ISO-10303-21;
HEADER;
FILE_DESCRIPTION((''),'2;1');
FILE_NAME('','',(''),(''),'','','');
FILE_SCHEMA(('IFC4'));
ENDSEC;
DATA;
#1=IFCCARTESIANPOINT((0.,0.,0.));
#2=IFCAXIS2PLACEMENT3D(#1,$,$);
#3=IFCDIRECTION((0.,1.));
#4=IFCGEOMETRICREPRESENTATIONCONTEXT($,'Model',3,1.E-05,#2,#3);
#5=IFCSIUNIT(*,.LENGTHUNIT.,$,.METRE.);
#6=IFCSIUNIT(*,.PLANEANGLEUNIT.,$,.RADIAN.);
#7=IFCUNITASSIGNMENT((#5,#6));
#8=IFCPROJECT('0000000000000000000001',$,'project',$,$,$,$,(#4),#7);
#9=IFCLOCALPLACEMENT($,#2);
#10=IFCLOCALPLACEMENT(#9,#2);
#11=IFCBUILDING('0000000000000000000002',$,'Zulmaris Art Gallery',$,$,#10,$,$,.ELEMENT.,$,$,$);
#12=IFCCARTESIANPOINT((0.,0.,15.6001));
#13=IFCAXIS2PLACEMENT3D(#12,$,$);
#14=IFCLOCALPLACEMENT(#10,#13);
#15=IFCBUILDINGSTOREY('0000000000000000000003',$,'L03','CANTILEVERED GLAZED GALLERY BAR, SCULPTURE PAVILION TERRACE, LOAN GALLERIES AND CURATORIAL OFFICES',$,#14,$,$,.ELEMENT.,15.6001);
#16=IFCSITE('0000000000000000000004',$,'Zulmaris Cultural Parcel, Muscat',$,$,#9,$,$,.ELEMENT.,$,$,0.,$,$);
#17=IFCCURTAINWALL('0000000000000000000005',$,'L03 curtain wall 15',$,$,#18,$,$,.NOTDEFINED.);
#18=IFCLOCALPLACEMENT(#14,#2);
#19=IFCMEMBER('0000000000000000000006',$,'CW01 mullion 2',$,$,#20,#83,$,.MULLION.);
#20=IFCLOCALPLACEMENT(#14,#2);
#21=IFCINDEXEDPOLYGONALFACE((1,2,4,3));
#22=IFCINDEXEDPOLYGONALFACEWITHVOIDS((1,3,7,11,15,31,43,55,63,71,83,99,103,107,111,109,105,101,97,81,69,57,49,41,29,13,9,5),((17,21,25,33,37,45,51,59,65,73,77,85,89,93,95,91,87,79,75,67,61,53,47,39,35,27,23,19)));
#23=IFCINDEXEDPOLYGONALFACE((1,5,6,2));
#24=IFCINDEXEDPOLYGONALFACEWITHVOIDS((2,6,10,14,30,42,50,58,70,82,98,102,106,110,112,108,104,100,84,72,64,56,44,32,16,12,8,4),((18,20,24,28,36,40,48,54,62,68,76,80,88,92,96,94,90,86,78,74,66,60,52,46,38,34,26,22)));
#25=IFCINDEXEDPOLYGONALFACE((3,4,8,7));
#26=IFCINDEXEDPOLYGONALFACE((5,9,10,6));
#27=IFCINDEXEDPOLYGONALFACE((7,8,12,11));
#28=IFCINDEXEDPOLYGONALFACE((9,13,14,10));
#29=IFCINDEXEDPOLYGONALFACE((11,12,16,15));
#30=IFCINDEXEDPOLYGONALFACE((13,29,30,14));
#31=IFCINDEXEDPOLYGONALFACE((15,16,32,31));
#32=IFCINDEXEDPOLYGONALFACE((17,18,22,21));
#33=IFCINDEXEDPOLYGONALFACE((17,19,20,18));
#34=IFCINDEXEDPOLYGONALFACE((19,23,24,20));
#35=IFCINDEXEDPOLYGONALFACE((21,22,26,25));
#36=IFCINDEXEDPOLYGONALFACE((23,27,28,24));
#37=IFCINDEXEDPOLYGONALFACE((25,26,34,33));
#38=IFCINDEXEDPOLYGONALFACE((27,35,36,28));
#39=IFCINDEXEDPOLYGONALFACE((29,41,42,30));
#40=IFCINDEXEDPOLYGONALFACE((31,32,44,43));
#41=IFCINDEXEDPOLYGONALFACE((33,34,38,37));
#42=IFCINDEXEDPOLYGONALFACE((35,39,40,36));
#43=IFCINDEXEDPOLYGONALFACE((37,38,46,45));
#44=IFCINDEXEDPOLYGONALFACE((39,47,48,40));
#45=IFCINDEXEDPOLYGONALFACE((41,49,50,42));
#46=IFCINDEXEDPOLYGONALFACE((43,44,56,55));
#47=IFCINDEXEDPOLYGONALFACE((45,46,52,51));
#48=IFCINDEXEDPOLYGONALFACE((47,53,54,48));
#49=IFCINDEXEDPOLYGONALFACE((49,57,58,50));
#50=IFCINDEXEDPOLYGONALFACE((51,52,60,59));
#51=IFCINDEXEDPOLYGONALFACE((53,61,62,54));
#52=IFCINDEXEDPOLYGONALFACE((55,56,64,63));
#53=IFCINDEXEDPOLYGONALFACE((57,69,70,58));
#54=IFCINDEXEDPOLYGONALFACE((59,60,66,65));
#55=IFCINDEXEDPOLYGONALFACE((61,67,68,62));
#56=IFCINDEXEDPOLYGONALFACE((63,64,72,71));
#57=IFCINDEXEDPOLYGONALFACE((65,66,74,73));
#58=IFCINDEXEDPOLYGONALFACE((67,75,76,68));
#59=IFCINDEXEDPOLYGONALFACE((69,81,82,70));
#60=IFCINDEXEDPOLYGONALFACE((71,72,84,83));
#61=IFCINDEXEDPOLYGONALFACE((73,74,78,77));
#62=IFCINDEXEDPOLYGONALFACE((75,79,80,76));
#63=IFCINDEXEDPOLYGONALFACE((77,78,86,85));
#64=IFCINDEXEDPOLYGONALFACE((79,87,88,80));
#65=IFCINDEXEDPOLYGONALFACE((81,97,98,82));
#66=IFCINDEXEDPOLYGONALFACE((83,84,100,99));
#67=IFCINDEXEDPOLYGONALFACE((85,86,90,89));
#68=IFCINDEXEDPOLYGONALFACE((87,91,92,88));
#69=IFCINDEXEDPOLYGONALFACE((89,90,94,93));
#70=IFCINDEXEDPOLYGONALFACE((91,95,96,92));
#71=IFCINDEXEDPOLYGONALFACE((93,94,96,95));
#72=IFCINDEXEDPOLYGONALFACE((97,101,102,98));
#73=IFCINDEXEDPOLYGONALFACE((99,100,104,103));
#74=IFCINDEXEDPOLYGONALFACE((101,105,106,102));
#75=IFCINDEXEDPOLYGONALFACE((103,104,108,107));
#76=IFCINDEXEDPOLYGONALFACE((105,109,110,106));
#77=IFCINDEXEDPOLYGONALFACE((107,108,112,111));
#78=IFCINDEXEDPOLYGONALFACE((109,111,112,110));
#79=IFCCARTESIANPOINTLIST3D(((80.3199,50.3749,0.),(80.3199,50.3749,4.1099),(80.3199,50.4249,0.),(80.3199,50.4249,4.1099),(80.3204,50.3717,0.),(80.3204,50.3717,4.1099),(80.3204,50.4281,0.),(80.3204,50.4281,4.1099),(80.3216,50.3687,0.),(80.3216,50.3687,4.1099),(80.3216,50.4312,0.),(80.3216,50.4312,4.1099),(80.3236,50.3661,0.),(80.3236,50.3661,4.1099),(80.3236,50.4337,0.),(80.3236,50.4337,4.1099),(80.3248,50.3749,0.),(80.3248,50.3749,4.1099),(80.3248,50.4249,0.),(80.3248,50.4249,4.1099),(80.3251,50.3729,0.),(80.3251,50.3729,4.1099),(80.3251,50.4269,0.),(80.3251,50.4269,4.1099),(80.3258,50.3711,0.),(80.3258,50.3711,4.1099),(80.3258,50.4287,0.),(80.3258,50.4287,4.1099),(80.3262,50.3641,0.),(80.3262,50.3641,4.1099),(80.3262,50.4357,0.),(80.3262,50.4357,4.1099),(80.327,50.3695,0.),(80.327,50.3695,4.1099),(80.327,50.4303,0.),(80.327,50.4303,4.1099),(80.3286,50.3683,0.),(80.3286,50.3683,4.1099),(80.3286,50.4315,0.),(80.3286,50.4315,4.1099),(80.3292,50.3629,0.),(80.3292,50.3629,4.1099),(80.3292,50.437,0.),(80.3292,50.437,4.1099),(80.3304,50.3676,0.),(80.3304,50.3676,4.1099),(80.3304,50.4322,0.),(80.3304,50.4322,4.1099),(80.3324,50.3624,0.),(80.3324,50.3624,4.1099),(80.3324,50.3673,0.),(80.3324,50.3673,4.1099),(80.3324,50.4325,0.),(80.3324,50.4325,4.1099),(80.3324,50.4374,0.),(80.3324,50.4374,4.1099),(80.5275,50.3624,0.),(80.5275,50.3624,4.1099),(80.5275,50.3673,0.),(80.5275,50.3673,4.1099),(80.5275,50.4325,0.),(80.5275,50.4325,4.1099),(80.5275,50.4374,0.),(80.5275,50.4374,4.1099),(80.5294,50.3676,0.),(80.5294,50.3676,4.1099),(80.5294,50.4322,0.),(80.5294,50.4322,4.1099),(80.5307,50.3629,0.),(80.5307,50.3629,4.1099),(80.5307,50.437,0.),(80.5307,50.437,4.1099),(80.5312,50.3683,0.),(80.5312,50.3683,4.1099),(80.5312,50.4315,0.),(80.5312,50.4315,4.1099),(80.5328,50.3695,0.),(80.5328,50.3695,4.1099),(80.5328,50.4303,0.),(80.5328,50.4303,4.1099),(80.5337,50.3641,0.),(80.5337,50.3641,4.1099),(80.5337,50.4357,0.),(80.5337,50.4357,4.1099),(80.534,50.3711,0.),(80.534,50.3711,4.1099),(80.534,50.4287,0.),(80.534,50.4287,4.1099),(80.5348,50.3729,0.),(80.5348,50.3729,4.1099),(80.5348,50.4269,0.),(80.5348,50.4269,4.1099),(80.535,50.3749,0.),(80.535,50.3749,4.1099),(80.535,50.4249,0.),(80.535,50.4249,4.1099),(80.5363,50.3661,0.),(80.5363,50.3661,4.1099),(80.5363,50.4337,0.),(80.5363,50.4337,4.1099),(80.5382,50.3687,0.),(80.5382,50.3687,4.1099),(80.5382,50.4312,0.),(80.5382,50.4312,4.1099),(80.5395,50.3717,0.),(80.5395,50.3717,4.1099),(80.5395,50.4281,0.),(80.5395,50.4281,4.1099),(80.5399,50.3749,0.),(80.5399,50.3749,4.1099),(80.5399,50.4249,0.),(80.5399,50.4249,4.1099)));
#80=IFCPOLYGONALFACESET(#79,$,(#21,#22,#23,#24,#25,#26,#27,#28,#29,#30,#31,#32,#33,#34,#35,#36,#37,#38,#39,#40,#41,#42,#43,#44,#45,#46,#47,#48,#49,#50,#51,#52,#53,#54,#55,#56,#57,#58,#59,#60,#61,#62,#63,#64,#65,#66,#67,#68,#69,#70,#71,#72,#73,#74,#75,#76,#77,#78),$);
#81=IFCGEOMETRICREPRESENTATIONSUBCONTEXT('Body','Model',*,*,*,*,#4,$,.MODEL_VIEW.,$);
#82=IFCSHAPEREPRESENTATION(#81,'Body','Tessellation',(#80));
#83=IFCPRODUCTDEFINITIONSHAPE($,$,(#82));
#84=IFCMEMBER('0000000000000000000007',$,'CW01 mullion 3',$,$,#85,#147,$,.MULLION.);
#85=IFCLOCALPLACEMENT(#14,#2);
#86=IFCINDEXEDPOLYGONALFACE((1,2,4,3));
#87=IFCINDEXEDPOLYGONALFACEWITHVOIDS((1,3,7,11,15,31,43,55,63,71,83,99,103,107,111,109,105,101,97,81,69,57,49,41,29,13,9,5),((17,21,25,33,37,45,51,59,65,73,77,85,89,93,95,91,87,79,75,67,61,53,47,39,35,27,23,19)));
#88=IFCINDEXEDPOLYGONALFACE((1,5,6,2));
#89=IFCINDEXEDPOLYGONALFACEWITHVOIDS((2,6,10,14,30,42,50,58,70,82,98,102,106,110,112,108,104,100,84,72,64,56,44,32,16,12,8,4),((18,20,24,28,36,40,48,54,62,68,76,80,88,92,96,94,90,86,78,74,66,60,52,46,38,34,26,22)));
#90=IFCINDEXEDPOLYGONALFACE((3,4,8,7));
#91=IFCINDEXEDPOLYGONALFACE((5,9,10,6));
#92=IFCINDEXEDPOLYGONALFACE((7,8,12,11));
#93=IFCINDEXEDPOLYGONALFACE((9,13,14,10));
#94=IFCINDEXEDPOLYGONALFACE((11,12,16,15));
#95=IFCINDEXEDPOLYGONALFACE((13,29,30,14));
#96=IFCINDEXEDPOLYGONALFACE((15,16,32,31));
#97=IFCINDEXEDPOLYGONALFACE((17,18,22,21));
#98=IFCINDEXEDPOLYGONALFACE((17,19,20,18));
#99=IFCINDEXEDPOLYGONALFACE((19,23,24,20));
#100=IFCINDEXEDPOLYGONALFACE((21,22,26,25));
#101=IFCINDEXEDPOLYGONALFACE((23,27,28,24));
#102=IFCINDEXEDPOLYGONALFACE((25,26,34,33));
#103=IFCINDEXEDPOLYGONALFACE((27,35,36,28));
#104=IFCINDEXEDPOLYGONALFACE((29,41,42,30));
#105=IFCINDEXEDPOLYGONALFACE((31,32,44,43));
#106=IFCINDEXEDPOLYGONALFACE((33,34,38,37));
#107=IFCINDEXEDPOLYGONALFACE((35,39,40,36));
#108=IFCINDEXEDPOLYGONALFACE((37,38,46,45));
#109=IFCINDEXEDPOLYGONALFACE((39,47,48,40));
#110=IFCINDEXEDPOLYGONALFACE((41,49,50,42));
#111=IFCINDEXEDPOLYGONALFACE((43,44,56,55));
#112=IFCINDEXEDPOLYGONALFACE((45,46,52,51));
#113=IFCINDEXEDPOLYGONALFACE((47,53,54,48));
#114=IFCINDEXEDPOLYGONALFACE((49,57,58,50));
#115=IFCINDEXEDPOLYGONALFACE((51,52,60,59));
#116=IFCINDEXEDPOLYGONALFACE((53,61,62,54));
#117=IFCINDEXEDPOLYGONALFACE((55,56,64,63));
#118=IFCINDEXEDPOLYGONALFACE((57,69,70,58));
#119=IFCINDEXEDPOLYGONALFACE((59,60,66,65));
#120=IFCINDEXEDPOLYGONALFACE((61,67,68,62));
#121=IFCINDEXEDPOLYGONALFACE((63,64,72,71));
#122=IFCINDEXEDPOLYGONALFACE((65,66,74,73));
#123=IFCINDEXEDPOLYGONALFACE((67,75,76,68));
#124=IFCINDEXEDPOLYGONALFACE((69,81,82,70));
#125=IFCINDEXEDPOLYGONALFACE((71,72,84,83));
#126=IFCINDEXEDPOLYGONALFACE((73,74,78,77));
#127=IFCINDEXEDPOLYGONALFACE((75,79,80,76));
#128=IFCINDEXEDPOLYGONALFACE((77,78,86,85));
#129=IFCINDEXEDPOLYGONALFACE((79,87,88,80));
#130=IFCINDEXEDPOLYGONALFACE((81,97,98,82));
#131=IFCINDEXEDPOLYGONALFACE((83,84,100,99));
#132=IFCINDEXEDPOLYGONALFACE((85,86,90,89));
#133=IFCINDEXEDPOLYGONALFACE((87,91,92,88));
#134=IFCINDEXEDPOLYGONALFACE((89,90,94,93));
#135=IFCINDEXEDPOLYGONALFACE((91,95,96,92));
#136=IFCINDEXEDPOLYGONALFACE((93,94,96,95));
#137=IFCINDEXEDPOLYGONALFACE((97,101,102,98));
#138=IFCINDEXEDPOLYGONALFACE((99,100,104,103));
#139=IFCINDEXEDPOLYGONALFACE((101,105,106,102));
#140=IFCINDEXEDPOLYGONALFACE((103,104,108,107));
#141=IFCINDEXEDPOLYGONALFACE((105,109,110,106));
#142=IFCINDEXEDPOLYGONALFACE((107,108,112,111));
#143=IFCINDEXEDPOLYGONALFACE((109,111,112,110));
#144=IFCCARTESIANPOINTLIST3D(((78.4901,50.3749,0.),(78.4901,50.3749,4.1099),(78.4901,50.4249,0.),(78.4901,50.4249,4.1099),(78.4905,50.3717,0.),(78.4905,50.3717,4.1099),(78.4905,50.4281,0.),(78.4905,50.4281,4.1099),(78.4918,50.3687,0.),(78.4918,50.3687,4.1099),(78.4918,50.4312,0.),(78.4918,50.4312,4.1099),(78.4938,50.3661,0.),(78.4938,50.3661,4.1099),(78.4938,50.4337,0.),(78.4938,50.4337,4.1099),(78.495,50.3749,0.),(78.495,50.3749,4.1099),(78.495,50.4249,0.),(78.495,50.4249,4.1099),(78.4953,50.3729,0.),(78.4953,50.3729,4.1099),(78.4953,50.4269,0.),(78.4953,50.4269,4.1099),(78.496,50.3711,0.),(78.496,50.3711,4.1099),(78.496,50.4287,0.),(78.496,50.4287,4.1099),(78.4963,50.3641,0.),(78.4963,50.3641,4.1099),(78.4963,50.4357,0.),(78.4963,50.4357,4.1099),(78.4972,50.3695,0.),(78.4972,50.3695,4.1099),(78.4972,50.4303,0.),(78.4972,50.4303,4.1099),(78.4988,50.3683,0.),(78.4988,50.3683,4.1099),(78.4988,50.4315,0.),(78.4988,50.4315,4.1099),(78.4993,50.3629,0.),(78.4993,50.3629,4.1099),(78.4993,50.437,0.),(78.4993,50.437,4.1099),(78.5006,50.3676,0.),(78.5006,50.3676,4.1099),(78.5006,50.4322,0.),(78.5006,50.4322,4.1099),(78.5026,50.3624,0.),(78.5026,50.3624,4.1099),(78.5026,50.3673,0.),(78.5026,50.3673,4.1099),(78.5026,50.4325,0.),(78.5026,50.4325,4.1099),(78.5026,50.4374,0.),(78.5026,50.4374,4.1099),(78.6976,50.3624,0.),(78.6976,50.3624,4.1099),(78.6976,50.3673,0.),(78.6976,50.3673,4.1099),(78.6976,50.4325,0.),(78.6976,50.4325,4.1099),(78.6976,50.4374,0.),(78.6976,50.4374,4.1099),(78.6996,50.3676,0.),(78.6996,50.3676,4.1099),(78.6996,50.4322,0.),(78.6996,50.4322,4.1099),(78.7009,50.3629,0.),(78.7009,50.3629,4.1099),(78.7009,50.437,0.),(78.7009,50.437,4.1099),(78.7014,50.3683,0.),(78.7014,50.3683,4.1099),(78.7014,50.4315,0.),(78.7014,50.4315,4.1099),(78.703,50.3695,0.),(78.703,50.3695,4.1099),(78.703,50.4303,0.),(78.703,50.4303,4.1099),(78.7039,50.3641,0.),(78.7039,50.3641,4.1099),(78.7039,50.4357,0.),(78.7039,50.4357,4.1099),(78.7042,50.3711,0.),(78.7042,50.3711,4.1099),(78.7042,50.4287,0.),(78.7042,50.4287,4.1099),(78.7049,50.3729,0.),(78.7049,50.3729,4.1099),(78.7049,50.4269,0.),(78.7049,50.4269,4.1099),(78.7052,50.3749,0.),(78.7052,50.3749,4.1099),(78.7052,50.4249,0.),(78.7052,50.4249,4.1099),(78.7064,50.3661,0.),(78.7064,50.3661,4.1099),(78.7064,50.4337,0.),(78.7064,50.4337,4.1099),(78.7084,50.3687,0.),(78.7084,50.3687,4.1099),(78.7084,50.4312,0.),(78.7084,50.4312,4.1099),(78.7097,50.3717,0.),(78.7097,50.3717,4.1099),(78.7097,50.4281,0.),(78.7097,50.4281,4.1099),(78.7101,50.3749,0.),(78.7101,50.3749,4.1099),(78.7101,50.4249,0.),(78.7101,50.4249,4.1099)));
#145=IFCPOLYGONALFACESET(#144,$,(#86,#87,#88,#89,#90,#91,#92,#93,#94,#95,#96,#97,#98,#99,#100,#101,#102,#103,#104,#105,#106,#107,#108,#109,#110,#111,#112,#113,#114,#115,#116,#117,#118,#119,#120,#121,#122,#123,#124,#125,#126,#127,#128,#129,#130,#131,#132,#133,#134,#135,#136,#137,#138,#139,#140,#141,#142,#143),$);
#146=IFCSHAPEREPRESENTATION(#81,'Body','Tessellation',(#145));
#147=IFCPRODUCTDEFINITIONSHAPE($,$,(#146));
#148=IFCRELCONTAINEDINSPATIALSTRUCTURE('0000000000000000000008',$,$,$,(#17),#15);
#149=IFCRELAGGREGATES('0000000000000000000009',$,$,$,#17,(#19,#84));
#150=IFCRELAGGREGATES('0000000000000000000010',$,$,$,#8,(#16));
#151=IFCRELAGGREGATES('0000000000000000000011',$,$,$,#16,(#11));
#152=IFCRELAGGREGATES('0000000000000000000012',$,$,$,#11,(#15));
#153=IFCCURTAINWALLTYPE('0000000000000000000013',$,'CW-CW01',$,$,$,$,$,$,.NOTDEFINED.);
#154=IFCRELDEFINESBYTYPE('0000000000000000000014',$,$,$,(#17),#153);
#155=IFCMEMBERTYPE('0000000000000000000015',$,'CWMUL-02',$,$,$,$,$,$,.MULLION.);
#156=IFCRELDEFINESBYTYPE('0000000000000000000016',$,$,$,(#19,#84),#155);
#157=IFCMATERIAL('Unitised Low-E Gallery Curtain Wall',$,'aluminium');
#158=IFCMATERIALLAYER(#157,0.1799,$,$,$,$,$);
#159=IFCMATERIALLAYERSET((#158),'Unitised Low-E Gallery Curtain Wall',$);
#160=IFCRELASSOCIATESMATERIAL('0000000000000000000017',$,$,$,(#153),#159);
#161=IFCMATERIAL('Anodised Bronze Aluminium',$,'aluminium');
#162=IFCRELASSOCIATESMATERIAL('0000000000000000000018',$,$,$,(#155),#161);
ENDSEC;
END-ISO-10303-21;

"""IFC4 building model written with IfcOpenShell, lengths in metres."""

from ifc_helpers import new_model, si_unit, direction, frame, origin, origin_2d, place, context, subcontext, project, spatial, hollow_rectangle, extrude, material, layer, layer_set, material_profile, profile_set, type_object, element, aggregate, save


model = new_model("IFC4")

# Units and contexts
model_context = context("Model", 3, precision=1e-05, world=origin(), true_north=direction((0.0, 1.0)))
body_context = subcontext(model_context, "Body", "Model", "MODEL_VIEW")
ifc_project = project(units=[si_unit("LENGTHUNIT", "METRE"), si_unit("PLANEANGLEUNIT", "RADIAN")], contexts=[model_context])

# Site, building, storey
site_placement = place(None, origin())
site = spatial("IfcSite", under=ifc_project, at=site_placement, Name="Zulmaris Cultural Parcel, Muscat", CompositionType="ELEMENT", RefElevation=0.0)
building_placement = place(site_placement, origin())
building = spatial("IfcBuilding", under=site, at=building_placement, Name="Zulmaris Art Gallery", CompositionType="ELEMENT")
storey_placement = place(building_placement, frame((0.0, 0.0, 15.6001)))
storey = spatial("IfcBuildingStorey", under=building, at=storey_placement, Name="L03", Description="CANTILEVERED GLAZED GALLERY BAR, SCULPTURE PAVILION TERRACE, LOAN GALLERIES AND CURATORIAL OFFICES", CompositionType="ELEMENT", Elevation=15.6001)

# Shared definitions
ifc_material_1 = material(Name="Unitised Low-E Gallery Curtain Wall", Category="aluminium")
ifc_layer_1 = layer(ifc_material_1, 0.1799)
ifc_layer_set_1 = layer_set([ifc_layer_1], Name="Unitised Low-E Gallery Curtain Wall")
curtain_wall_type = type_object("IfcCurtainWallType", Name="CW-CW01", PredefinedType="NOTDEFINED", material=ifc_layer_set_1)
ifc_material_2 = material(Name="Anodised Bronze Aluminium", Category="aluminium")
ifc_material_profile_1 = material_profile(ifc_material_2, hollow_rectangle(XDim=0.075, YDim=0.22, WallThickness=0.0049, InnerFilletRadius=0.0076, OuterFilletRadius=0.0125, at=origin_2d()), Name="ALU 75x220x5")
ifc_profile_set_1 = profile_set([ifc_material_profile_1], Name="Anodised Bronze Aluminium")
member_type_1 = type_object("IfcMemberType", Name="CWMUL-02", PredefinedType="MULLION", material=ifc_profile_set_1)

# Curtain wall, members
curtain_wall_1_placement = place(storey_placement, origin())
curtain_wall_1 = element("IfcCurtainWall", 1, at=curtain_wall_1_placement, inside=storey, type_object=curtain_wall_type, Name="L03 curtain wall 15", PredefinedType="NOTDEFINED")
member_1_placement = place(storey_placement, frame((80.4299, 50.3999, 0.0), z_axis=(0.0, 0.0, 1.0), x_axis=(0.0, -1.0, 0.0)))
member_1 = element("IfcMember", 2, at=member_1_placement, type_object=member_type_1, Name="CW01 mullion 2", PredefinedType="MULLION", context=body_context, shape_type="SweptSolid", body=[
    extrude(hollow_rectangle(XDim=0.075, YDim=0.22, WallThickness=0.0049, InnerFilletRadius=0.0076, OuterFilletRadius=0.0125, at=origin_2d()), origin(), (0.0, 0.0, 1.0), 4.1099),
])
member_2_placement = place(storey_placement, frame((78.6001, 50.3999, 0.0), z_axis=(0.0, 0.0, 1.0), x_axis=(0.0, -1.0, 0.0)))
member_2 = element("IfcMember", 3, at=member_2_placement, type_object=member_type_1, Name="CW01 mullion 3", PredefinedType="MULLION", context=body_context, shape_type="SweptSolid", body=[
    extrude(hollow_rectangle(XDim=0.075, YDim=0.22, WallThickness=0.0049, InnerFilletRadius=0.0076, OuterFilletRadius=0.0125, at=origin_2d()), origin(), (0.0, 0.0, 1.0), 4.1099),
])

aggregate(curtain_wall_1, [member_1, member_2])

save(model, "model.ifc")
